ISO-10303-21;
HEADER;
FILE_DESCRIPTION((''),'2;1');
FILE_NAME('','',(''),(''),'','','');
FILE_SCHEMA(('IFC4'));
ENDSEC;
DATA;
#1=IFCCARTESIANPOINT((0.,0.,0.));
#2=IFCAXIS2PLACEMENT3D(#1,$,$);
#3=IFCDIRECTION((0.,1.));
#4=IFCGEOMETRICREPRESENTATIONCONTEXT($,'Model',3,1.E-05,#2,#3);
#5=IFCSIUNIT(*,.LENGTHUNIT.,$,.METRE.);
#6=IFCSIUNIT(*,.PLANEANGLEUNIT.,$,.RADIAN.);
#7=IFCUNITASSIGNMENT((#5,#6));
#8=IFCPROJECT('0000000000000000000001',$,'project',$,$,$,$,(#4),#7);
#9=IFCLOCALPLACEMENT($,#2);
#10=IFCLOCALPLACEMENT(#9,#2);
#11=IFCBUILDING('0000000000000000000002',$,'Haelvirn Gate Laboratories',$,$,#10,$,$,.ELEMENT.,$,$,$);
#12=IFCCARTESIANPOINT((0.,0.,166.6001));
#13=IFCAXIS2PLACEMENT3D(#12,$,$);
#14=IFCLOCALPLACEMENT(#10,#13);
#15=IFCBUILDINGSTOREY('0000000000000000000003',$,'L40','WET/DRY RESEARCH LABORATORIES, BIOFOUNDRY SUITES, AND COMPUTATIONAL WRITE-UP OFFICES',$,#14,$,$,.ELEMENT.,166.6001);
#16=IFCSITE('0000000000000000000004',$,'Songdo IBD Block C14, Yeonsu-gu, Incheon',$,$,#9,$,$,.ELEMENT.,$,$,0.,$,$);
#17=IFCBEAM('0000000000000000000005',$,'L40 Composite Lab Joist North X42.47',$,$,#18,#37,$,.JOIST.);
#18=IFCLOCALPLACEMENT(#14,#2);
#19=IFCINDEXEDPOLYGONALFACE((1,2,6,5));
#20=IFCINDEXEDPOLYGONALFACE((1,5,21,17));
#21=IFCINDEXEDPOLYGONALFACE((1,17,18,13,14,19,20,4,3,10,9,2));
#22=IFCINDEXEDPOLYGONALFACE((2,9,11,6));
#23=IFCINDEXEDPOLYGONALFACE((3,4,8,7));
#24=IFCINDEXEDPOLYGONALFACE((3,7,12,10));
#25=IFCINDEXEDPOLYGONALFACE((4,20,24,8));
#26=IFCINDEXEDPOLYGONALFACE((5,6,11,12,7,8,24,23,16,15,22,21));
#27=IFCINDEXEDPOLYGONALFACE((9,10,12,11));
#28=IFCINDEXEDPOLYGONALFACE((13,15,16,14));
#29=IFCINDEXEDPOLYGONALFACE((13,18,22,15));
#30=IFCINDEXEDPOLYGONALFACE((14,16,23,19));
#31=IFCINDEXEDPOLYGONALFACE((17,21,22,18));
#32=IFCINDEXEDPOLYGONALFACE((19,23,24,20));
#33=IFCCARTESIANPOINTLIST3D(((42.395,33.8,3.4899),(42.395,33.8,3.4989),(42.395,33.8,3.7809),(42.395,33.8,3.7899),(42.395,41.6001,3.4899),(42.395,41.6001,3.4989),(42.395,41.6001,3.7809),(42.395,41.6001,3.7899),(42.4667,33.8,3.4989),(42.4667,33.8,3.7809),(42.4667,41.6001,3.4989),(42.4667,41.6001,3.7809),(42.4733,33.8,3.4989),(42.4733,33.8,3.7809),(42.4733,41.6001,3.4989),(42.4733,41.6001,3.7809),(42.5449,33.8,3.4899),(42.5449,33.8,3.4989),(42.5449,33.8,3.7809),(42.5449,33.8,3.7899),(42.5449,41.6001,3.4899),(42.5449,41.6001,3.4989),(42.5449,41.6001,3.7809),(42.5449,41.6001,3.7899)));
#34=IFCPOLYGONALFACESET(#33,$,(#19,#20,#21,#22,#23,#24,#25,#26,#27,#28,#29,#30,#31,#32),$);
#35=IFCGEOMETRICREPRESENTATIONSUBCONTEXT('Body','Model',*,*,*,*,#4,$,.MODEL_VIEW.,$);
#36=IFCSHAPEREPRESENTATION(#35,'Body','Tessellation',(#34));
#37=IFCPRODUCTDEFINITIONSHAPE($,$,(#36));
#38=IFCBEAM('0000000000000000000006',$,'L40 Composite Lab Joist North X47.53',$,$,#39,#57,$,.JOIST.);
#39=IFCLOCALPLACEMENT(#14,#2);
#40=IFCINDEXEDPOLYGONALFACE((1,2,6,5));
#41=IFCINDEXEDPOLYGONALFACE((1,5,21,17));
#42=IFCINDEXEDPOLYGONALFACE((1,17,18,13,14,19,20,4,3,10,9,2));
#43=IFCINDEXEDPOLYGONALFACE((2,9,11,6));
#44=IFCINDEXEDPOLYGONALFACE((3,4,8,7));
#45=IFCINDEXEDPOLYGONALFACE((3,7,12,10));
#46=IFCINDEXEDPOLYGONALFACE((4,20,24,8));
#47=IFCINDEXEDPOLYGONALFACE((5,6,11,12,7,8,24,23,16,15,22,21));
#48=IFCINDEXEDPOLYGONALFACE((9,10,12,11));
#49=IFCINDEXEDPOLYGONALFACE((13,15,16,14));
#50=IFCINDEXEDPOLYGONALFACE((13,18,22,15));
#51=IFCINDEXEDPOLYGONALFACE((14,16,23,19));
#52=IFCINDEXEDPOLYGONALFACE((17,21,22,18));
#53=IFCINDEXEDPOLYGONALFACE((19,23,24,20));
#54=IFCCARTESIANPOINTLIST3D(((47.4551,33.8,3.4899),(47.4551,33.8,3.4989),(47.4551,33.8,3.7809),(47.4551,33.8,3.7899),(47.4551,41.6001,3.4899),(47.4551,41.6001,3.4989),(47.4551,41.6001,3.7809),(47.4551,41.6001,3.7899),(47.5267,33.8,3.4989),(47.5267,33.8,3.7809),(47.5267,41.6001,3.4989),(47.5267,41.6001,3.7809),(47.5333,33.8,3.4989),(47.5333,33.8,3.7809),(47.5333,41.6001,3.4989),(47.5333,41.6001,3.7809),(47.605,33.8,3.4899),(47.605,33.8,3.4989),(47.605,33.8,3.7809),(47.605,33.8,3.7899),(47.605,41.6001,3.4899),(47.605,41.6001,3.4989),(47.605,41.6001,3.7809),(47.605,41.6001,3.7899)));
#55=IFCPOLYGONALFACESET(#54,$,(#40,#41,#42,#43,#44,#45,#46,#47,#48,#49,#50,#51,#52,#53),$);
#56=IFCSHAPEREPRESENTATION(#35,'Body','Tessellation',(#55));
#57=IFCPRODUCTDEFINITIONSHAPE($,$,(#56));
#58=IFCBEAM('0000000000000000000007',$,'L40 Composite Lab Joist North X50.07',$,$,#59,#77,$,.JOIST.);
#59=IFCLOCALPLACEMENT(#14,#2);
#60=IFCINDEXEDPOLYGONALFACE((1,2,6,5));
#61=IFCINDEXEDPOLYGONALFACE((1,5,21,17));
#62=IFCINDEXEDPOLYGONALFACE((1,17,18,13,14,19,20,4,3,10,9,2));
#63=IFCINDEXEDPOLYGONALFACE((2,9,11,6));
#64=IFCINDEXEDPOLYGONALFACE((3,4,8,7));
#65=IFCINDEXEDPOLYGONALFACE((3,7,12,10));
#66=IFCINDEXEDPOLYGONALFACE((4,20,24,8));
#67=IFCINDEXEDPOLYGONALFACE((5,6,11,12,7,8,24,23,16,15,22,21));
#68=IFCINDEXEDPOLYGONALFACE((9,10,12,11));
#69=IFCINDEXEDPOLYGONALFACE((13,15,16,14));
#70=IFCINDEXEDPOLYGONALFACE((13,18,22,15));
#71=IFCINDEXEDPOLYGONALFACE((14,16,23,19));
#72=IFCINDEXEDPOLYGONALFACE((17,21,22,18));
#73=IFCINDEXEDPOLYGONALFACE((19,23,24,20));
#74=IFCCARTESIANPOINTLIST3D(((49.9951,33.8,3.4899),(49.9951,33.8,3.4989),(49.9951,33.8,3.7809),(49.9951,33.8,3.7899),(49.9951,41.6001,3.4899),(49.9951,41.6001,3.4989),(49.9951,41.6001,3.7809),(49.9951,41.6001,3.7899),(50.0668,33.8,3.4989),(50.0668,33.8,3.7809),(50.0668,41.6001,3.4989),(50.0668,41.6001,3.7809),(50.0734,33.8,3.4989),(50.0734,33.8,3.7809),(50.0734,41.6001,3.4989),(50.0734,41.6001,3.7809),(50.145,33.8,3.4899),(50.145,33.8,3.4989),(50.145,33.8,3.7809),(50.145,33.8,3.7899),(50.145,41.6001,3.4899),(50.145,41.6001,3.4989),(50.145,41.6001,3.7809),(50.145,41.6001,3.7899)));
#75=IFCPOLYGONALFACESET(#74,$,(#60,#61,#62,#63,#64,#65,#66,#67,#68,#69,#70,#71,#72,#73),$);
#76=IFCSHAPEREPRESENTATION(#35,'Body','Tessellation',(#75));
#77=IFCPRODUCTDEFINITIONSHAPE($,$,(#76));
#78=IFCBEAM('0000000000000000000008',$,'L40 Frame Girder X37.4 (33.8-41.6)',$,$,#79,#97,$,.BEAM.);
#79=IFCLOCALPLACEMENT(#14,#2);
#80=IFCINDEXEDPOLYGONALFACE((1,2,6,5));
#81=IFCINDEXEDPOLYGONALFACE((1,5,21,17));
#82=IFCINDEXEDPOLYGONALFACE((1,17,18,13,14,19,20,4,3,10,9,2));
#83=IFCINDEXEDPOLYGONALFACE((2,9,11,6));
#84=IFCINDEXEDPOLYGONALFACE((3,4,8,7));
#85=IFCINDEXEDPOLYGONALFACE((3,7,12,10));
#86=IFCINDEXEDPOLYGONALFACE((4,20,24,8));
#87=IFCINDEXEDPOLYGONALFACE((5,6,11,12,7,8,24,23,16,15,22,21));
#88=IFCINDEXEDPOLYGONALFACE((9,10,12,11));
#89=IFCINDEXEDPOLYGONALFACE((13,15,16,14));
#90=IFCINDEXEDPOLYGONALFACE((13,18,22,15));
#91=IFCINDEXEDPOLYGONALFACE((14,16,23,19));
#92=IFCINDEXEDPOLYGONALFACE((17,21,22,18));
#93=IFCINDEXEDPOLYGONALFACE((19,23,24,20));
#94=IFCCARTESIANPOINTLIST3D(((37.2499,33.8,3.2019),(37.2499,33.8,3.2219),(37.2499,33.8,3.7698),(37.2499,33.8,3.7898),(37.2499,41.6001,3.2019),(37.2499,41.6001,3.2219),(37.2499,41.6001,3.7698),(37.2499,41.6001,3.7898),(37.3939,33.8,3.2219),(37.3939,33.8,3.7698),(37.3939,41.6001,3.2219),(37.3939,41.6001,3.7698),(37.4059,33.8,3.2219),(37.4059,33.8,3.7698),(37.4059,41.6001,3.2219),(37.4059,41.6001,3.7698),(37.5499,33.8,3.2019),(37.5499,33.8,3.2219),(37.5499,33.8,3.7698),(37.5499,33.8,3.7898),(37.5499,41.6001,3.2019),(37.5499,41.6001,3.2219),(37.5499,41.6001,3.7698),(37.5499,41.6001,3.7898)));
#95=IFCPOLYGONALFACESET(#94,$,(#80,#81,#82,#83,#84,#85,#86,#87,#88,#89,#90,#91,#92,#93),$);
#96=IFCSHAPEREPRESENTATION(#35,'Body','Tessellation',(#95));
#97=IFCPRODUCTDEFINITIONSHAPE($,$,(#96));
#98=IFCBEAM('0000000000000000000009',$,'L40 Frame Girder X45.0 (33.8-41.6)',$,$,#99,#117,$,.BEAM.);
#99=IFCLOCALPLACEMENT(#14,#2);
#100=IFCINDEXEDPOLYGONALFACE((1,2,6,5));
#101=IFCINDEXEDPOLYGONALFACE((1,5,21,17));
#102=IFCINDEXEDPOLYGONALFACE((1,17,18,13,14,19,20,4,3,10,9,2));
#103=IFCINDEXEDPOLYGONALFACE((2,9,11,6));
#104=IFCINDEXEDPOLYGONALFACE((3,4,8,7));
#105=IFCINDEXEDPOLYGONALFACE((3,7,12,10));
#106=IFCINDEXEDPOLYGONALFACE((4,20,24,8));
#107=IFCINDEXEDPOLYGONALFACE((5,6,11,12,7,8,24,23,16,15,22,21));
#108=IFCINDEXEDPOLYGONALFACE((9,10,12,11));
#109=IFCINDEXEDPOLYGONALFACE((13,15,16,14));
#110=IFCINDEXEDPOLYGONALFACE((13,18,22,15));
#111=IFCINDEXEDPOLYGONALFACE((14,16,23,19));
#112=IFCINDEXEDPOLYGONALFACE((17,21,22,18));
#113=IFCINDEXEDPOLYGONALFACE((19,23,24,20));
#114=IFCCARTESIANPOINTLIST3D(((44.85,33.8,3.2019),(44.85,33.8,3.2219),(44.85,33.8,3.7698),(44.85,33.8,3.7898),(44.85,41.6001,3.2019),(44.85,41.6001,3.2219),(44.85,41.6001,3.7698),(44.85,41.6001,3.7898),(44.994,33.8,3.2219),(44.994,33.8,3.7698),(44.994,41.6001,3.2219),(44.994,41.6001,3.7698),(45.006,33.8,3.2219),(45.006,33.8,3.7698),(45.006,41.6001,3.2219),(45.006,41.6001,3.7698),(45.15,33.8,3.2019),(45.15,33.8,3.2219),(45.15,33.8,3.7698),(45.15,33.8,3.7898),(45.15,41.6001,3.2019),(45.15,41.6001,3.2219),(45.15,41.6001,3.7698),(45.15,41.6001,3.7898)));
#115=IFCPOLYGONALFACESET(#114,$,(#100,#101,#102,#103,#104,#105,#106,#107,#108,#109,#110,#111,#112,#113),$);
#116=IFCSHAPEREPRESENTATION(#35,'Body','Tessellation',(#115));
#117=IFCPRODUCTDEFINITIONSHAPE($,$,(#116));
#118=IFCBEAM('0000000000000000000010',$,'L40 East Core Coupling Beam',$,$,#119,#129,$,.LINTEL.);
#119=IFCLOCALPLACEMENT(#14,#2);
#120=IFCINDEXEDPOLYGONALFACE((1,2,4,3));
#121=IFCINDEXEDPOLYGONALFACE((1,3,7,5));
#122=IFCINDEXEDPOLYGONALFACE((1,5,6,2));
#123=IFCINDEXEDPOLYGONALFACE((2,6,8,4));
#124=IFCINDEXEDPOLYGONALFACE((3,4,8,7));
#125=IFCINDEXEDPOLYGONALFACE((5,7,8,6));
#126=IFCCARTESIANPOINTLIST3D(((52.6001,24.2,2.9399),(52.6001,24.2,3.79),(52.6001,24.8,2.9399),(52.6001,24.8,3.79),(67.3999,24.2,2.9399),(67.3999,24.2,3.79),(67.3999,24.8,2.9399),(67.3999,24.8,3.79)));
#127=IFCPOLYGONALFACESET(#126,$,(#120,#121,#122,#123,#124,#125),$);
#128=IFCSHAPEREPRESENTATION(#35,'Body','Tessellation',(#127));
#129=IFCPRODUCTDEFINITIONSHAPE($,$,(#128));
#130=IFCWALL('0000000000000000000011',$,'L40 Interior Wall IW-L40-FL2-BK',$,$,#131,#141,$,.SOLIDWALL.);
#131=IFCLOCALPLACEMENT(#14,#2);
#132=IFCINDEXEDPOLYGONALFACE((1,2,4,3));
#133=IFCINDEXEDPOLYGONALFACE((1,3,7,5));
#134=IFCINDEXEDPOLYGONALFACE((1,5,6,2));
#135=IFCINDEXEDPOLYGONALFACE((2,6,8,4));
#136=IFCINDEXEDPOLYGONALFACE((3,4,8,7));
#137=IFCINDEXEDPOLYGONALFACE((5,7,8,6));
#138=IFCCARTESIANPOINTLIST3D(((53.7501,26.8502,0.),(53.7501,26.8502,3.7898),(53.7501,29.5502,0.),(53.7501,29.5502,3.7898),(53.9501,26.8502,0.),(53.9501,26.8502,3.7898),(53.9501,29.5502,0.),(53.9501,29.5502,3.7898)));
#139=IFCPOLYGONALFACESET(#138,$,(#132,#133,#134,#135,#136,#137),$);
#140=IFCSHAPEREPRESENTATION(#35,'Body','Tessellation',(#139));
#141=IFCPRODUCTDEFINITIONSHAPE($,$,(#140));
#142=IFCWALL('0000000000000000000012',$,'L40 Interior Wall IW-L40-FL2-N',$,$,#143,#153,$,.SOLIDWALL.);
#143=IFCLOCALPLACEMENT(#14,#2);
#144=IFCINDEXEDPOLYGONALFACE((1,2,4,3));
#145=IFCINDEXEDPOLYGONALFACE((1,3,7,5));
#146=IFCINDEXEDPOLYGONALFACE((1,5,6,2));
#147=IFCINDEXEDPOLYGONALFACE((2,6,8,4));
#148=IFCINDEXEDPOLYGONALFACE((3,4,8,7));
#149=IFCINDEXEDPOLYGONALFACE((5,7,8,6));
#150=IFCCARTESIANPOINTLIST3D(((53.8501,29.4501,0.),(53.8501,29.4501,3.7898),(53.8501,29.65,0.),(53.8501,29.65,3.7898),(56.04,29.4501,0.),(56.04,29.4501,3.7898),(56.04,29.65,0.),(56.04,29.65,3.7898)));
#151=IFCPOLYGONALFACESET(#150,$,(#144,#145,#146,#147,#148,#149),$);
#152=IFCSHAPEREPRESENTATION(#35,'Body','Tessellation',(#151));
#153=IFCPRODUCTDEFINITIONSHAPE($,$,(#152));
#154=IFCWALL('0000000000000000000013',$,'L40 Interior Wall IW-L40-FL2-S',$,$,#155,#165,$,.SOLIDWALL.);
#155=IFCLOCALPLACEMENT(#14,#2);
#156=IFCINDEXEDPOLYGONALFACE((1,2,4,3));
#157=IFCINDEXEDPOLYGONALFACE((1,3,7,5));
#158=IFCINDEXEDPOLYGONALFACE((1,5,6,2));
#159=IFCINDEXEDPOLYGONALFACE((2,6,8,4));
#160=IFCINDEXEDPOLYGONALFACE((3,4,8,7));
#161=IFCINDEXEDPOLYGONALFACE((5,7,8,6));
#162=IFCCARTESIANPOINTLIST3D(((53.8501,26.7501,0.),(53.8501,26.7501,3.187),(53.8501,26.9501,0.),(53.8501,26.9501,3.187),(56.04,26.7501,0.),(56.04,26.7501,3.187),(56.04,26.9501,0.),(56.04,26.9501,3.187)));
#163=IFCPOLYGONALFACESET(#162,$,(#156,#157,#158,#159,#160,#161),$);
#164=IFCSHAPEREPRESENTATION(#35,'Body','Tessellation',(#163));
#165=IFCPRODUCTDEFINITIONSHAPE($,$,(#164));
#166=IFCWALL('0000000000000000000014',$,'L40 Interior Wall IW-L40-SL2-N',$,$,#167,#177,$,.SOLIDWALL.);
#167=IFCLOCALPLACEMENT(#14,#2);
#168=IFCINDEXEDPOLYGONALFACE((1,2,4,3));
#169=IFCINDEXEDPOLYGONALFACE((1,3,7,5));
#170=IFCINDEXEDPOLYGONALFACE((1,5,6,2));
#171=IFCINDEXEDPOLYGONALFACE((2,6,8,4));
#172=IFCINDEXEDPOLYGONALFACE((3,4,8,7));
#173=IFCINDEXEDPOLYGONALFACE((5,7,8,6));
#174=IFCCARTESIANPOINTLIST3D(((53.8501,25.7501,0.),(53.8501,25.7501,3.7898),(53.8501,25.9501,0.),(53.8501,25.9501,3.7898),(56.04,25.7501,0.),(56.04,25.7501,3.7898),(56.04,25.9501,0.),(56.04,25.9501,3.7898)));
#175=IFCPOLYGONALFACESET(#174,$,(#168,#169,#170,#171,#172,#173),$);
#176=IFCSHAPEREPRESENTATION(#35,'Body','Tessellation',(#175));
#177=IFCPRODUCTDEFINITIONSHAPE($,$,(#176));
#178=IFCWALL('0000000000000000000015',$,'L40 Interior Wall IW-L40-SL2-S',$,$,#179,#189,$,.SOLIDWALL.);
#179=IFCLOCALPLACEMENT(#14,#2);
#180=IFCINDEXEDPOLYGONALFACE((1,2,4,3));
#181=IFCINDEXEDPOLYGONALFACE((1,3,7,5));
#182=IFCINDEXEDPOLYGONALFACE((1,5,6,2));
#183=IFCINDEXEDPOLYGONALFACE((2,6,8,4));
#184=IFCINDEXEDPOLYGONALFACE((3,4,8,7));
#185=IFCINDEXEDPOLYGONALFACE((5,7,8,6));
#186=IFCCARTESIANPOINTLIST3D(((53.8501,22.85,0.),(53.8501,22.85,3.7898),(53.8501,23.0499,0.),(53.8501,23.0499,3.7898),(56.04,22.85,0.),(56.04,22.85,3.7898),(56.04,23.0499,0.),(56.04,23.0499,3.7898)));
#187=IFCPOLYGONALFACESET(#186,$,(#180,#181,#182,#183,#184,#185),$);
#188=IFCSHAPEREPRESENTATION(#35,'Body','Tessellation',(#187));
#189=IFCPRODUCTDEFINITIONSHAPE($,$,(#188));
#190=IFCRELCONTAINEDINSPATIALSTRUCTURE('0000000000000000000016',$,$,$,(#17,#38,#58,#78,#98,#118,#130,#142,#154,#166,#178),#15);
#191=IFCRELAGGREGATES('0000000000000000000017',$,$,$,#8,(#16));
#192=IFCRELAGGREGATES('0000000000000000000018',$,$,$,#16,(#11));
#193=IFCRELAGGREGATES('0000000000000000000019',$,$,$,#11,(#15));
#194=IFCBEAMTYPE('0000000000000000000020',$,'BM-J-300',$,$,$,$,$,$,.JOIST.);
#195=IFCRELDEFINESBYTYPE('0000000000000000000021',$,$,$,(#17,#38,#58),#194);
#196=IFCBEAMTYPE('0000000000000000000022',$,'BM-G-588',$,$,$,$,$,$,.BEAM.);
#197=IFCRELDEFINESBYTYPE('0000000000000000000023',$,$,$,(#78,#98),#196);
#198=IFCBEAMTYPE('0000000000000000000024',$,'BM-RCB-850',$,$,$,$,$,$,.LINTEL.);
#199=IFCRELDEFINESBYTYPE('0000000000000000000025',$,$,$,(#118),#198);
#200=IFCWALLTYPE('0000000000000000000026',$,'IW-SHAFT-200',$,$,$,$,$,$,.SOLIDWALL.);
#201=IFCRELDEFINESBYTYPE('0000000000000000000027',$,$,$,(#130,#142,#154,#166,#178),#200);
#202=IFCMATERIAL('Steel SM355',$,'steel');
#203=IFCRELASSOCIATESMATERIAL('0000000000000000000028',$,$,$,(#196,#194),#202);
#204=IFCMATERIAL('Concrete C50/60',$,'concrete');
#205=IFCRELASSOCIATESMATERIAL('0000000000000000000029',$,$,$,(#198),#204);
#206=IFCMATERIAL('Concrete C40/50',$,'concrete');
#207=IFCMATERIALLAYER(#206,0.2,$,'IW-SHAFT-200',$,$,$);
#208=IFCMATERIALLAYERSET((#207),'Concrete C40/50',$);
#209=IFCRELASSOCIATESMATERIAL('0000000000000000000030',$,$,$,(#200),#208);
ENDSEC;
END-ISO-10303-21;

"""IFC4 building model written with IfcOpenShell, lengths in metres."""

from ifc_helpers import new_model, si_unit, direction, frame, frame_2d, origin, origin_2d, place, context, subcontext, project, spatial, rectangle, i_section, extrude, source, transform, mapped, material, layer, layer_set, material_profile, profile_set, type_object, type_shapes, element, save


model = new_model("IFC4")

# Units and contexts
model_context = context("Model", 3, precision=1e-05, world=origin(), true_north=direction((0.0, 1.0)))
body_context = subcontext(model_context, "Body", "Model", "MODEL_VIEW")
ifc_project = project(units=[si_unit("LENGTHUNIT", "METRE"), si_unit("PLANEANGLEUNIT", "RADIAN")], contexts=[model_context])

# Site, building, storey
site_placement = place(None, origin())
site = spatial("IfcSite", under=ifc_project, at=site_placement, Name="Songdo IBD Block C14, Yeonsu-gu, Incheon", CompositionType="ELEMENT", RefElevation=0.0)
building_placement = place(site_placement, origin())
building = spatial("IfcBuilding", under=site, at=building_placement, Name="Haelvirn Gate Laboratories", CompositionType="ELEMENT")
storey_placement = place(building_placement, frame((0.0, 0.0, 166.6001)))
storey = spatial("IfcBuildingStorey", under=building, at=storey_placement, Name="L40", Description="WET/DRY RESEARCH LABORATORIES, BIOFOUNDRY SUITES, AND COMPUTATIONAL WRITE-UP OFFICES", CompositionType="ELEMENT", Elevation=166.6001)

# Shared definitions
ifc_material_1 = material(Name="Steel SM355", Category="steel")

# Beams
ifc_material_profile_1 = material_profile(ifc_material_1, i_section(OverallWidth=0.3, OverallDepth=0.5879, WebThickness=0.012, FlangeThickness=0.02, at=origin_2d()), Name="H-588x300x12x20")
ifc_profile_set_1 = profile_set([ifc_material_profile_1], Name="Steel SM355")
beam_type_1 = type_object("IfcBeamType", Name="BM-G-588", PredefinedType="BEAM", material=ifc_profile_set_1)
ifc_material_profile_2 = material_profile(ifc_material_1, i_section(OverallWidth=0.1499, OverallDepth=0.3, WebThickness=0.0066, FlangeThickness=0.009, at=origin_2d()), Name="H-300x150x6.5x9")
ifc_profile_set_2 = profile_set([ifc_material_profile_2], Name="Steel SM355")
beam_type_2 = type_object("IfcBeamType", Name="BM-J-300", PredefinedType="JOIST", material=ifc_profile_set_2)
shared_shape_1 = source(origin(), body_context, "Body", "SweptSolid", [
    extrude(i_section(OverallWidth=0.1499, OverallDepth=0.3, WebThickness=0.0066, FlangeThickness=0.009, at=origin_2d()), origin(), (0.0, 0.0, 1.0), 7.8),
])
type_shapes(beam_type_2, [shared_shape_1])
for number, where, z_axis, x_axis, name in (
    (1, (42.47, 33.8, 3.6399), (0.0, 1.0, 0.0), (-1.0, 0.0, 0.0), "L40 Composite Lab Joist North X42.47"),
    (2, (47.53, 33.8, 3.6399), (0.0, 1.0, 0.0), (-1.0, 0.0, 0.0), "L40 Composite Lab Joist North X47.53"),
    (3, (50.0701, 33.8, 3.6399), (0.0, 1.0, 0.0), (-1.0, 0.0, 0.0), "L40 Composite Lab Joist North X50.07"),
):
    element("IfcBeam", number, at=place(storey_placement, frame(where, z_axis=z_axis, x_axis=x_axis)), inside=storey, type_object=beam_type_2, Name=name, PredefinedType="JOIST", context=body_context, shape_type="MappedRepresentation", body=[
        mapped(shared_shape_1, transform((0.0, 0.0, 0.0), scale=1.0)),
    ])
shared_shape_2 = source(origin(), body_context, "Body", "SweptSolid", [
    extrude(i_section(OverallWidth=0.3, OverallDepth=0.5879, WebThickness=0.012, FlangeThickness=0.02, at=origin_2d()), origin(), (0.0, 0.0, 1.0), 7.8),
])
for number, where, z_axis, x_axis, name in (
    (4, (37.3999, 33.8, 3.4958), (0.0, 1.0, 0.0), (-1.0, 0.0, 0.0), "L40 Frame Girder X37.4 (33.8-41.6)"),
    (5, (45.0, 33.8, 3.4958), (0.0, 1.0, 0.0), (-1.0, 0.0, 0.0), "L40 Frame Girder X45.0 (33.8-41.6)"),
):
    element("IfcBeam", number, at=place(storey_placement, frame(where, z_axis=z_axis, x_axis=x_axis)), inside=storey, type_object=beam_type_1, Name=name, PredefinedType="BEAM", context=body_context, shape_type="MappedRepresentation", body=[
        mapped(shared_shape_2, transform((0.0, 0.0, 0.0), scale=1.0)),
    ])
ifc_material_2 = material(Name="Concrete C50/60", Category="concrete")
ifc_material_profile_3 = material_profile(ifc_material_2, rectangle(XDim=0.6001, YDim=0.8501, at=origin_2d()), Name="RCB-600x850")
ifc_profile_set_3 = profile_set([ifc_material_profile_3], Name="Concrete C50/60")
beam_type_3 = type_object("IfcBeamType", Name="BM-RCB-850", PredefinedType="LINTEL", material=ifc_profile_set_3)
shared_shape_3 = source(origin(), body_context, "Body", "SweptSolid", [
    extrude(rectangle(XDim=0.6001, YDim=0.8501, at=origin_2d()), origin(), (0.0, 0.0, 1.0), 14.7998),
])
type_shapes(beam_type_3, [shared_shape_3])
beam_1_placement = place(storey_placement, frame((52.6001, 24.5, 3.365), z_axis=(1.0, 0.0, 0.0), x_axis=(0.0, 1.0, 0.0)))
element("IfcBeam", 6, at=beam_1_placement, inside=storey, type_object=beam_type_3, Name="L40 East Core Coupling Beam", PredefinedType="LINTEL", context=body_context, shape_type="MappedRepresentation", body=[
    mapped(shared_shape_3, transform((0.0, 0.0, 0.0), scale=1.0)),
])

# Walls
ifc_material_3 = material(Name="Concrete C40/50", Category="concrete")
ifc_layer_1 = layer(ifc_material_3, 0.2, Name="IW-SHAFT-200")
ifc_layer_set_1 = layer_set([ifc_layer_1], Name="Concrete C40/50")
wall_type_1 = type_object("IfcWallType", Name="IW-SHAFT-200", PredefinedType="SOLIDWALL", material=ifc_layer_set_1)
wall_1_placement = place(storey_placement, frame((53.8501, 26.8501, 0.0), z_axis=(0.0, 0.0, 1.0), x_axis=(0.0, 1.0, 0.0)))
element("IfcWall", 7, at=wall_1_placement, inside=storey, type_object=wall_type_1, Name="L40 Interior Wall IW-L40-FL2-BK", PredefinedType="SOLIDWALL", context=body_context, shape_type="SweptSolid", body=[
    extrude(rectangle(XDim=2.7, YDim=0.2, at=frame_2d((1.3501, 0.0))), origin(), (0.0, 0.0, 1.0), 3.7898),
])
wall_2_placement = place(storey_placement, frame((53.8501, 29.55, 0.0), z_axis=(0.0, 0.0, 1.0), x_axis=(1.0, 0.0, 0.0)))
element("IfcWall", 8, at=wall_2_placement, inside=storey, type_object=wall_type_1, Name="L40 Interior Wall IW-L40-FL2-N", PredefinedType="SOLIDWALL", context=body_context, shape_type="SweptSolid", body=[
    extrude(rectangle(XDim=2.1899, YDim=0.2, at=frame_2d((1.095, 0.0))), origin(), (0.0, 0.0, 1.0), 3.7898),
])
wall_3_placement = place(storey_placement, frame((53.8501, 26.8501, 0.0), z_axis=(0.0, 0.0, 1.0), x_axis=(1.0, 0.0, 0.0)))
element("IfcWall", 9, at=wall_3_placement, inside=storey, type_object=wall_type_1, Name="L40 Interior Wall IW-L40-FL2-S", PredefinedType="SOLIDWALL", context=body_context, shape_type="SweptSolid", body=[
    extrude(rectangle(XDim=2.1899, YDim=0.2, at=frame_2d((1.095, 0.0))), origin(), (0.0, 0.0, 1.0), 3.187),
])
for number, where, z_axis, x_axis, name in (
    (10, (53.8501, 25.8501, 0.0), (0.0, 0.0, 1.0), (1.0, 0.0, 0.0), "L40 Interior Wall IW-L40-SL2-N"),
    (11, (53.8501, 22.95, 0.0), (0.0, 0.0, 1.0), (1.0, 0.0, 0.0), "L40 Interior Wall IW-L40-SL2-S"),
):
    element("IfcWall", number, at=place(storey_placement, frame(where, z_axis=z_axis, x_axis=x_axis)), inside=storey, type_object=wall_type_1, Name=name, PredefinedType="SOLIDWALL", context=body_context, shape_type="SweptSolid", body=[
        extrude(rectangle(XDim=2.1899, YDim=0.2, at=frame_2d((1.095, 0.0))), origin(), (0.0, 0.0, 1.0), 3.7898),
    ])

save(model, "model.ifc")
